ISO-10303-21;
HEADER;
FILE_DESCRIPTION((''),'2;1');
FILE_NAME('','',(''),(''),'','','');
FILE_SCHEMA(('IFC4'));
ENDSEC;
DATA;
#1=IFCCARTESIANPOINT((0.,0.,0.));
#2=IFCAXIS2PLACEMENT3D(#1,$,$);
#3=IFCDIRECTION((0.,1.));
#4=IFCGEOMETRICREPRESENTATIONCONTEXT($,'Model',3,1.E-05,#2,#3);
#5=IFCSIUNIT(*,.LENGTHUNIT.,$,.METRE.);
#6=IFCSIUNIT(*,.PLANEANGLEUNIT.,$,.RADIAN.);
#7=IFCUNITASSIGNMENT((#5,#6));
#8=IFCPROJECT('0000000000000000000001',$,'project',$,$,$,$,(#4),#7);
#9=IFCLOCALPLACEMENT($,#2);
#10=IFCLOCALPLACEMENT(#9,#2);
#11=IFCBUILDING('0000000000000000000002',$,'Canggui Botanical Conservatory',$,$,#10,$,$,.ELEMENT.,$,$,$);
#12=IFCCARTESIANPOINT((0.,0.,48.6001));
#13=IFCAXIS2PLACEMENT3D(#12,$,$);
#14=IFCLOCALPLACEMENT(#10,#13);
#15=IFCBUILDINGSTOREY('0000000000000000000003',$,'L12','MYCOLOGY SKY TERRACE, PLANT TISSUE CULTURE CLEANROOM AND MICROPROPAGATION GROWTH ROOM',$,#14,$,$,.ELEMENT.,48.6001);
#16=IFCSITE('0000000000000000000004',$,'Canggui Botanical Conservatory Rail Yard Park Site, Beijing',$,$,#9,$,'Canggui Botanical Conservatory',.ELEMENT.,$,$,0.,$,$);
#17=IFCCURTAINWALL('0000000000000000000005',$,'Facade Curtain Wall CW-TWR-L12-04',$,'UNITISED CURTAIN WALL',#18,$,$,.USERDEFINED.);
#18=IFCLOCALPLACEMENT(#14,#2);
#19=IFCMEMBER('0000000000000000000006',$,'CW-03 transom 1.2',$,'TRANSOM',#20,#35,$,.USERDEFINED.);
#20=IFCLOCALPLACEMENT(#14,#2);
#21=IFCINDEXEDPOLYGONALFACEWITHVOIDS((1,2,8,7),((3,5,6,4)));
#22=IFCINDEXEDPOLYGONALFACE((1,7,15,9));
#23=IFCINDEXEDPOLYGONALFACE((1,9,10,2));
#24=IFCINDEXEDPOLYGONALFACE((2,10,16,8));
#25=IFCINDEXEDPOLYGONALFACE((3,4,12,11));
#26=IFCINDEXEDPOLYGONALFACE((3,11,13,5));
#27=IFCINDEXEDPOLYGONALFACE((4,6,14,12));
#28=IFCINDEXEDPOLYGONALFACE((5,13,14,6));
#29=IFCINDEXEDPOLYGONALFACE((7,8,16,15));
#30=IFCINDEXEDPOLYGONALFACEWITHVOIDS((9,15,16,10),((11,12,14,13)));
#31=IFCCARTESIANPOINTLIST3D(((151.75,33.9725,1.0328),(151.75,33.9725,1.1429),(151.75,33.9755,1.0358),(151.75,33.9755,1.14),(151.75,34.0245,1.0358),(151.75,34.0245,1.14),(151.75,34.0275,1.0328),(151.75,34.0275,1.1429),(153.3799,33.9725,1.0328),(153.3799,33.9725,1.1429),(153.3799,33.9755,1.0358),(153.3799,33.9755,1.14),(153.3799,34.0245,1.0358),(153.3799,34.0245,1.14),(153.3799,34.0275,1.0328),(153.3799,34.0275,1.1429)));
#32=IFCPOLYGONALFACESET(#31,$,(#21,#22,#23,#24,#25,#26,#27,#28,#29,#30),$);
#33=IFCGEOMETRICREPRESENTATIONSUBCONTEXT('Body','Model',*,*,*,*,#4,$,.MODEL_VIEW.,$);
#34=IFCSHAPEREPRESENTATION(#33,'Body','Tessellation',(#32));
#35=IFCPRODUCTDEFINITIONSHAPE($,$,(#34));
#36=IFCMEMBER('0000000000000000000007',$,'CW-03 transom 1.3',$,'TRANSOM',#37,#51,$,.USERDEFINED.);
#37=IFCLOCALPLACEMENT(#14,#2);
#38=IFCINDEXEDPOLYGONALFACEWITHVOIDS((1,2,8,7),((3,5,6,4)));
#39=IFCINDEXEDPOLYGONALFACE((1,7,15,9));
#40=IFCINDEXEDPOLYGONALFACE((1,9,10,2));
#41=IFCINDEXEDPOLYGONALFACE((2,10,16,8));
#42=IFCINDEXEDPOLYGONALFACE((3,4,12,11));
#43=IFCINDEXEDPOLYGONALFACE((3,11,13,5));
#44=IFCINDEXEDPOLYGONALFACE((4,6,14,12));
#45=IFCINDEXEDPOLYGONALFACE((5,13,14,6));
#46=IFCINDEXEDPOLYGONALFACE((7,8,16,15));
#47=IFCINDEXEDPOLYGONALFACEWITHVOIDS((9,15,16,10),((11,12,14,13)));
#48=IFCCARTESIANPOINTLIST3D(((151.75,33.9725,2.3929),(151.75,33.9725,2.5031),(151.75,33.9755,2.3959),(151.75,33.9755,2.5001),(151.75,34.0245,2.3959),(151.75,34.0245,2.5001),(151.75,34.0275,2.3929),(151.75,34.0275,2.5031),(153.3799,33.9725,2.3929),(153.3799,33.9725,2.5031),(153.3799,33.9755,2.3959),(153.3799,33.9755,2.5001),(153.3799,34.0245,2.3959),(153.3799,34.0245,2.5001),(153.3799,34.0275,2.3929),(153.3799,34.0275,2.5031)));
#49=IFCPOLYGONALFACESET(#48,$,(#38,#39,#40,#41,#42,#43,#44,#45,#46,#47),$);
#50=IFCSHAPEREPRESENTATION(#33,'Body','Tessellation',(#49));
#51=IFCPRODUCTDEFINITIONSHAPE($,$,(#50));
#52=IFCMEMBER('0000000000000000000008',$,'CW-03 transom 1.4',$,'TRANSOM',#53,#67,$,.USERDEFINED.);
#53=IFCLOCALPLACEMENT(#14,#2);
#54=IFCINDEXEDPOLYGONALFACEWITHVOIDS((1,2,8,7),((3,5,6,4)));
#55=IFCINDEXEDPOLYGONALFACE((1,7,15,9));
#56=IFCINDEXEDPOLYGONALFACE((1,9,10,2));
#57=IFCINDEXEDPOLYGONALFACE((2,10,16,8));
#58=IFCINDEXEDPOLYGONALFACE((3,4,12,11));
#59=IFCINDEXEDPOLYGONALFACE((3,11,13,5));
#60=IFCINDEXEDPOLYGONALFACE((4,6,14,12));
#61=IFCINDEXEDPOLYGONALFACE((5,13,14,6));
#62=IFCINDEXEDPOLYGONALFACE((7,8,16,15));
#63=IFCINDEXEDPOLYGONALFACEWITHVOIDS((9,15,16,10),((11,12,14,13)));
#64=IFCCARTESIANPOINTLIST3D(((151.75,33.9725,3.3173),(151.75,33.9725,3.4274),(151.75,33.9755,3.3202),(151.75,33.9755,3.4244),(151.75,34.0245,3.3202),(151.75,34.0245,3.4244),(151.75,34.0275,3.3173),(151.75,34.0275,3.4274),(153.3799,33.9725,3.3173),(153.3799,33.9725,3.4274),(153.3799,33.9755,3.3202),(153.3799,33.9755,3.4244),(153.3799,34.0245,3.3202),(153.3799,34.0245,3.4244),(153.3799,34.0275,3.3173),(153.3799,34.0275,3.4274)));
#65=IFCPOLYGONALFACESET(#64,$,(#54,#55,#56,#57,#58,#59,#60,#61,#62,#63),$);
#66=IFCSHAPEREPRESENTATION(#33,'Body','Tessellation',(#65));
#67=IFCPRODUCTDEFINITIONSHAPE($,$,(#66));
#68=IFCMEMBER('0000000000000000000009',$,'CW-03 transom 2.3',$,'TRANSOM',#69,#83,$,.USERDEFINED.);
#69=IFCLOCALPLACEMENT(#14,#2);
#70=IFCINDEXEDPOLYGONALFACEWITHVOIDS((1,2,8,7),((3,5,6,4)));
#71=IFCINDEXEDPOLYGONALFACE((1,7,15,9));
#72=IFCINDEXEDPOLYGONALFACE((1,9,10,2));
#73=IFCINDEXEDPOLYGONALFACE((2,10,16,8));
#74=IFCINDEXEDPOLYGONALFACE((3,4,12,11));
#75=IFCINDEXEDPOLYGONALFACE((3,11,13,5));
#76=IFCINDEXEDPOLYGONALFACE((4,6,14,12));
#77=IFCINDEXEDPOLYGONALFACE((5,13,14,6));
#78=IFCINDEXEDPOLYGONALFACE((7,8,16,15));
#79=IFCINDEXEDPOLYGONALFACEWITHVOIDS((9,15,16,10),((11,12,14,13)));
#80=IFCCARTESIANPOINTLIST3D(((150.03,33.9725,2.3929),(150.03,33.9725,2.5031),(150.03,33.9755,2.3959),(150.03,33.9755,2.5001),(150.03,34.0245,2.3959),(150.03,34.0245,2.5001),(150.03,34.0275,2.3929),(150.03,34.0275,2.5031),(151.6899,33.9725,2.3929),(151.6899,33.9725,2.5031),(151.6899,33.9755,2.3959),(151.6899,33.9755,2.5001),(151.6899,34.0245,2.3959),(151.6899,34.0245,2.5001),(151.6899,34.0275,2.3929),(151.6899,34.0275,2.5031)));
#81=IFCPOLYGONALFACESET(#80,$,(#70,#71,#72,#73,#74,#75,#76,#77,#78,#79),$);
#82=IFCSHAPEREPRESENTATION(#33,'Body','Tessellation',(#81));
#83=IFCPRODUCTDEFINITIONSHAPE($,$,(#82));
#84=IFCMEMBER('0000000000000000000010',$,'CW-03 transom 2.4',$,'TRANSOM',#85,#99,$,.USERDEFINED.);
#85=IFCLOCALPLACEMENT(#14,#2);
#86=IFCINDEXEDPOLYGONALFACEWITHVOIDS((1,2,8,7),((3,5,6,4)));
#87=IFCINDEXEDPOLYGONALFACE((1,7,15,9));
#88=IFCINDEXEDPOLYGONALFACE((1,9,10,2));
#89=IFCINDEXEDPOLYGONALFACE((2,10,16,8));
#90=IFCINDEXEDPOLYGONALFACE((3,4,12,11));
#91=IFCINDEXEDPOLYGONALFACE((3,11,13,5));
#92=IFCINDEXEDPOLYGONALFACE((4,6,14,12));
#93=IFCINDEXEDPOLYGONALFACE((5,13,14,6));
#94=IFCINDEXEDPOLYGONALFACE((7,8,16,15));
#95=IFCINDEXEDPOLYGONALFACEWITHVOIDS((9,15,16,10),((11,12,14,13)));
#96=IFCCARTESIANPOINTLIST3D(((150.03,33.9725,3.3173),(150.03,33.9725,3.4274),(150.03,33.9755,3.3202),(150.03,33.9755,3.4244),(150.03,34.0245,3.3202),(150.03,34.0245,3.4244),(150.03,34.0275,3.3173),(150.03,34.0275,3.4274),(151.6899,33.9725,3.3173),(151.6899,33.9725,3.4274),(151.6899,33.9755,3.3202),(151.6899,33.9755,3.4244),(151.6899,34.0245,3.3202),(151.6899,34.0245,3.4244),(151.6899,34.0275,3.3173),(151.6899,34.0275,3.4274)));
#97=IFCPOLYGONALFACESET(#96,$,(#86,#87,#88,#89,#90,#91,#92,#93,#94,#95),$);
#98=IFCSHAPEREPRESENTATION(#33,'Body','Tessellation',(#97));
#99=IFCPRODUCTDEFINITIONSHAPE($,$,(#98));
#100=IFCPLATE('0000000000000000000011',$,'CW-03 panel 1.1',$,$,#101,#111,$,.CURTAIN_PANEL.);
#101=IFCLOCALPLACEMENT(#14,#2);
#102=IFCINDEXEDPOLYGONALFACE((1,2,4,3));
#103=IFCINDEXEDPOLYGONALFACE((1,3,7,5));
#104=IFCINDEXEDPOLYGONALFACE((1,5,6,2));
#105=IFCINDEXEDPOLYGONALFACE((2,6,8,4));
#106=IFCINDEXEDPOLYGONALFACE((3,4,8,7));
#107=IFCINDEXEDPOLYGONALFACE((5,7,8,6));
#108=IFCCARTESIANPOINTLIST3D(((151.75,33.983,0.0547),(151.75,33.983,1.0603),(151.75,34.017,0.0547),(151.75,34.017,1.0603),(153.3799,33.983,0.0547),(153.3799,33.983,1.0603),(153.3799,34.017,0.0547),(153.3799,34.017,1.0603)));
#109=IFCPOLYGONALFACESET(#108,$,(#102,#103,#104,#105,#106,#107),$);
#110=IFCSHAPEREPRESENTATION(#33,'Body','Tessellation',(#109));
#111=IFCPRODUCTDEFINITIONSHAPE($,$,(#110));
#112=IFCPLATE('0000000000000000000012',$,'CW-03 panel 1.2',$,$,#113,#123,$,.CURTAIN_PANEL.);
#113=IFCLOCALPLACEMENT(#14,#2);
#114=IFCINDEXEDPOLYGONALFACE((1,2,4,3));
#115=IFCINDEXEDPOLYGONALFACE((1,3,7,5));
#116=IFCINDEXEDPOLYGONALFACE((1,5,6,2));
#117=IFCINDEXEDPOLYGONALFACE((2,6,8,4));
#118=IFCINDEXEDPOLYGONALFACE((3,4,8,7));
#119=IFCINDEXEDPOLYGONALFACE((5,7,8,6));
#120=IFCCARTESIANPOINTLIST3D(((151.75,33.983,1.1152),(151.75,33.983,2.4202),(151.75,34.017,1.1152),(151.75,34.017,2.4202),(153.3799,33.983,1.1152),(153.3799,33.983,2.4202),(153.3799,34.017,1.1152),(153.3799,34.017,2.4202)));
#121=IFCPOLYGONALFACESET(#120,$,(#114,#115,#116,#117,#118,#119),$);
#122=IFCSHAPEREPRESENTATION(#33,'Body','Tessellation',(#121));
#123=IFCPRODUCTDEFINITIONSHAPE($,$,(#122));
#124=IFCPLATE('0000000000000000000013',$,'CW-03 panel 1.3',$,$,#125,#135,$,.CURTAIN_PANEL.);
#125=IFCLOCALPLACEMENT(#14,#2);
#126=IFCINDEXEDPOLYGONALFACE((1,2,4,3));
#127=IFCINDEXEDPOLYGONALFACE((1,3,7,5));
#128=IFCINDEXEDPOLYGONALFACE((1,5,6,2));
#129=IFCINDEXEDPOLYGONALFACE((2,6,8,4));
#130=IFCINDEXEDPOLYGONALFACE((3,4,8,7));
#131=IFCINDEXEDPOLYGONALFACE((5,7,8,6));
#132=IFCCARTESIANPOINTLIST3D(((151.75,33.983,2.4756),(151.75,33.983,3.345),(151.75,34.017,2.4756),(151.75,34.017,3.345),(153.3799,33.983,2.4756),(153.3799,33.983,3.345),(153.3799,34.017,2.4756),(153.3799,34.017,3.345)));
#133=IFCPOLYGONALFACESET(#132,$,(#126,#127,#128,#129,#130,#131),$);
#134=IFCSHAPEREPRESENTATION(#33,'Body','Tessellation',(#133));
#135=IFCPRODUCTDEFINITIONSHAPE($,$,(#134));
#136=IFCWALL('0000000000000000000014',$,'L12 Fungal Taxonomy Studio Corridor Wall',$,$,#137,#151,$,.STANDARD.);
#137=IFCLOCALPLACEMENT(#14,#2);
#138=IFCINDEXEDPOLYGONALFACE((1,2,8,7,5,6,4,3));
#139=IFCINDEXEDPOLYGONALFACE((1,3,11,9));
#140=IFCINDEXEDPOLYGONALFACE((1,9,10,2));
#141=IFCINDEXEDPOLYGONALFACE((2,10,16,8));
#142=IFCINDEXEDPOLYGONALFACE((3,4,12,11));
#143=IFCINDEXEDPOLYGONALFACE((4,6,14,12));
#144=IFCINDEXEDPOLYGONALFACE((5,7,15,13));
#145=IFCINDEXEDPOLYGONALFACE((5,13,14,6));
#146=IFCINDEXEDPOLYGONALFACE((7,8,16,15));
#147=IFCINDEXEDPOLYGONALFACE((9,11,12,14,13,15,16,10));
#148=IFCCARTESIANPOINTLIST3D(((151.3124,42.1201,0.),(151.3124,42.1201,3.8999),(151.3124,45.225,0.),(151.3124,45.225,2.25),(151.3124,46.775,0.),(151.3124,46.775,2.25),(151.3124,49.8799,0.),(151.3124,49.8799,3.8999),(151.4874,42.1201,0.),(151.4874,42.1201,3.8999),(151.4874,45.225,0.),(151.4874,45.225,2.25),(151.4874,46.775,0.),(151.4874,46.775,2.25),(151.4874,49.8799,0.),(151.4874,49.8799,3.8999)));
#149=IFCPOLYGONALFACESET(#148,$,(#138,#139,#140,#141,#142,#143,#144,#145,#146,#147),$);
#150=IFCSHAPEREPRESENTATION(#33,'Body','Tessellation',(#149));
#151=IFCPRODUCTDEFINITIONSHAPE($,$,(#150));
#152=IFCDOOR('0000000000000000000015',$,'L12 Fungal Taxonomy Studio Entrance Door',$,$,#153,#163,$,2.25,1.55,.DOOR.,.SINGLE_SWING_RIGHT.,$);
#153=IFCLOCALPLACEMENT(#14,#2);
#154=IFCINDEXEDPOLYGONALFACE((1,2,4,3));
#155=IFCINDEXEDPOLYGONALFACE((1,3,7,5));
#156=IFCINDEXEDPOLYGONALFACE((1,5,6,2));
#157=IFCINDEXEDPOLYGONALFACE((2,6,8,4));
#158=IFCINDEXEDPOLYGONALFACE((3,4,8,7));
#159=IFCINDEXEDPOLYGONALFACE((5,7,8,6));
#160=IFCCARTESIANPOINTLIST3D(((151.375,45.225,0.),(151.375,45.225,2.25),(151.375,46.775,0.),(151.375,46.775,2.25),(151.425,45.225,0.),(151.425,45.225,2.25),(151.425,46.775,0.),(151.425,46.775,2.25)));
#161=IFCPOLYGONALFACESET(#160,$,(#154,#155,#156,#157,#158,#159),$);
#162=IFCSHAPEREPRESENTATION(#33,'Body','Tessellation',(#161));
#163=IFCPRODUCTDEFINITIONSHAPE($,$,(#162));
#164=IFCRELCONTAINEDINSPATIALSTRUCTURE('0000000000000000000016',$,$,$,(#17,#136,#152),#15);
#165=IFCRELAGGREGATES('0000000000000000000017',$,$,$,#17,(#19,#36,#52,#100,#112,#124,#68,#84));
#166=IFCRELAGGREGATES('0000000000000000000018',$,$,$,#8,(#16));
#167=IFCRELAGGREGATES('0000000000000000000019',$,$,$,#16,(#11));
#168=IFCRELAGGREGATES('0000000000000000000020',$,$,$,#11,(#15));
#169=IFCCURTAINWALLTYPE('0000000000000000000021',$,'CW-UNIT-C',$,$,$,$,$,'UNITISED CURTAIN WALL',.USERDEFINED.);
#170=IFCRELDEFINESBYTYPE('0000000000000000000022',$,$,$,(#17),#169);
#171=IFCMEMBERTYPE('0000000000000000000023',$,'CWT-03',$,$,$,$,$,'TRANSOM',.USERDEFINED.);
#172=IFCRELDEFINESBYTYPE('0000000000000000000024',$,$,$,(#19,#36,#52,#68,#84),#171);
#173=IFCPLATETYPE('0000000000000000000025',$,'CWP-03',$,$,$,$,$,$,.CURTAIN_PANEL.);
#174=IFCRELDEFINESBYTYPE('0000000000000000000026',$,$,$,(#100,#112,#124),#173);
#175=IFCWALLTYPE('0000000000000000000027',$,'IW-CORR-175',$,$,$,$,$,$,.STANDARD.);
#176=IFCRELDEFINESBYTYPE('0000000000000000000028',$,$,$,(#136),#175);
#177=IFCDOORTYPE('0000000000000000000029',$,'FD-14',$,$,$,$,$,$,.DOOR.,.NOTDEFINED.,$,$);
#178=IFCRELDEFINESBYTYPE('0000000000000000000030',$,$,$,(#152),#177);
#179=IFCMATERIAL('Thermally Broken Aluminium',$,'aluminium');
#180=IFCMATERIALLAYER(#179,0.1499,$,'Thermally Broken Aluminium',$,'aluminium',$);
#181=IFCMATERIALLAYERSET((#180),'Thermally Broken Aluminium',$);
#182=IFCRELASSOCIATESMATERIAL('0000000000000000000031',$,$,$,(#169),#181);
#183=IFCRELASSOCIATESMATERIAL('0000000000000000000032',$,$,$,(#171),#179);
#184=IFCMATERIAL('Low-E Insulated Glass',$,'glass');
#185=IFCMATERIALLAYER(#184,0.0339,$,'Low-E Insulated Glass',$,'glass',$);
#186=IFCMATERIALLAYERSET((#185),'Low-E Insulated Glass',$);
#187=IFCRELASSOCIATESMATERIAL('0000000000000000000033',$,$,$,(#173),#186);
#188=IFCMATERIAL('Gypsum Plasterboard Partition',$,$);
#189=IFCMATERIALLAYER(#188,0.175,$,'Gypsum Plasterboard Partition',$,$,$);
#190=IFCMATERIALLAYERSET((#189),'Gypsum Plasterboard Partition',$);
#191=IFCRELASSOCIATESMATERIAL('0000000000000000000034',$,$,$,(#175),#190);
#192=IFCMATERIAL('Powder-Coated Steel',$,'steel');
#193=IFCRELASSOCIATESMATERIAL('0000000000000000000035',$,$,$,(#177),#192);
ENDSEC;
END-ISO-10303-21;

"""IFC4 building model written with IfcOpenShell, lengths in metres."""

from ifc_helpers import new_model, si_unit, direction, frame, frame_2d, origin, origin_2d, place, context, subcontext, project, spatial, rectangle, hollow_rectangle, extrude, material, layer, layer_set, material_profile, profile_set, type_object, element, fill, aggregate, save


model = new_model("IFC4")

# Units and contexts
model_context = context("Model", 3, precision=1e-05, world=origin(), true_north=direction((0.0, 1.0)))
body_context = subcontext(model_context, "Body", "Model", "MODEL_VIEW")
ifc_project = project(units=[si_unit("LENGTHUNIT", "METRE"), si_unit("PLANEANGLEUNIT", "RADIAN")], contexts=[model_context])

# Site, building, storey
site_placement = place(None, origin())
site = spatial("IfcSite", under=ifc_project, at=site_placement, Name="Canggui Botanical Conservatory Rail Yard Park Site, Beijing", LongName="Canggui Botanical Conservatory", CompositionType="ELEMENT", RefElevation=0.0)
building_placement = place(site_placement, origin())
building = spatial("IfcBuilding", under=site, at=building_placement, Name="Canggui Botanical Conservatory", CompositionType="ELEMENT")
storey_placement = place(building_placement, frame((0.0, 0.0, 48.6001)))
storey = spatial("IfcBuildingStorey", under=building, at=storey_placement, Name="L12", Description="MYCOLOGY SKY TERRACE, PLANT TISSUE CULTURE CLEANROOM AND MICROPROPAGATION GROWTH ROOM", CompositionType="ELEMENT", Elevation=48.6001)

# Curtain wall, members, plates
ifc_material_1 = material(Name="Thermally Broken Aluminium", Category="aluminium")
ifc_layer_1 = layer(ifc_material_1, 0.1499, Name="Thermally Broken Aluminium", Category="aluminium")
ifc_layer_set_1 = layer_set([ifc_layer_1], Name="Thermally Broken Aluminium")
curtain_wall_type = type_object("IfcCurtainWallType", Name="CW-UNIT-C", ElementType="UNITISED CURTAIN WALL", PredefinedType="USERDEFINED", material=ifc_layer_set_1)
curtain_wall_placement = place(storey_placement, origin())
curtain_wall = element("IfcCurtainWall", 1, at=curtain_wall_placement, inside=storey, type_object=curtain_wall_type, Name="Facade Curtain Wall CW-TWR-L12-04", ObjectType="UNITISED CURTAIN WALL", PredefinedType="USERDEFINED")
ifc_material_profile_1 = material_profile(ifc_material_1, hollow_rectangle(XDim=0.0549, YDim=0.1101, WallThickness=0.0029, at=origin_2d()), Name="CWT 55x110x3")
ifc_profile_set_1 = profile_set([ifc_material_profile_1], Name="Thermally Broken Aluminium")
member_type_1 = type_object("IfcMemberType", Name="CWT-03", ElementType="TRANSOM", PredefinedType="USERDEFINED", material=ifc_profile_set_1)
member_1_placement = place(storey_placement, frame((153.3799, 34.0, 1.0879), z_axis=(-1.0, 0.0, 0.0), x_axis=(0.0, -1.0, 0.0)))
member_1 = element("IfcMember", 2, at=member_1_placement, type_object=member_type_1, Name="CW-03 transom 1.2", ObjectType="TRANSOM", PredefinedType="USERDEFINED", context=body_context, shape_type="SweptSolid", body=[
    extrude(hollow_rectangle(XDim=0.0549, YDim=0.1101, WallThickness=0.0029, at=origin_2d()), origin(), (0.0, 0.0, 1.0), 1.6299),
])
member_2_placement = place(storey_placement, frame((153.3799, 34.0, 2.448), z_axis=(-1.0, 0.0, 0.0), x_axis=(0.0, -1.0, 0.0)))
member_2 = element("IfcMember", 3, at=member_2_placement, type_object=member_type_1, Name="CW-03 transom 1.3", ObjectType="TRANSOM", PredefinedType="USERDEFINED", context=body_context, shape_type="SweptSolid", body=[
    extrude(hollow_rectangle(XDim=0.0549, YDim=0.1101, WallThickness=0.0029, at=origin_2d()), origin(), (0.0, 0.0, 1.0), 1.6299),
])
member_3_placement = place(storey_placement, frame((153.3799, 34.0, 3.3723), z_axis=(-1.0, 0.0, 0.0), x_axis=(0.0, -1.0, 0.0)))
member_3 = element("IfcMember", 4, at=member_3_placement, type_object=member_type_1, Name="CW-03 transom 1.4", ObjectType="TRANSOM", PredefinedType="USERDEFINED", context=body_context, shape_type="SweptSolid", body=[
    extrude(hollow_rectangle(XDim=0.0549, YDim=0.1101, WallThickness=0.0029, at=origin_2d()), origin(), (0.0, 0.0, 1.0), 1.6299),
])
member_4_placement = place(storey_placement, frame((151.6899, 34.0, 2.448), z_axis=(-1.0, 0.0, 0.0), x_axis=(0.0, -1.0, 0.0)))
member_4 = element("IfcMember", 5, at=member_4_placement, type_object=member_type_1, Name="CW-03 transom 2.3", ObjectType="TRANSOM", PredefinedType="USERDEFINED", context=body_context, shape_type="SweptSolid", body=[
    extrude(hollow_rectangle(XDim=0.0549, YDim=0.1101, WallThickness=0.0029, at=origin_2d()), origin(), (0.0, 0.0, 1.0), 1.6599),
])
member_5_placement = place(storey_placement, frame((151.6899, 34.0, 3.3723), z_axis=(-1.0, 0.0, 0.0), x_axis=(0.0, -1.0, 0.0)))
member_5 = element("IfcMember", 6, at=member_5_placement, type_object=member_type_1, Name="CW-03 transom 2.4", ObjectType="TRANSOM", PredefinedType="USERDEFINED", context=body_context, shape_type="SweptSolid", body=[
    extrude(hollow_rectangle(XDim=0.0549, YDim=0.1101, WallThickness=0.0029, at=origin_2d()), origin(), (0.0, 0.0, 1.0), 1.6599),
])
ifc_material_2 = material(Name="Low-E Insulated Glass", Category="glass")
ifc_layer_2 = layer(ifc_material_2, 0.0339, Name="Low-E Insulated Glass", Category="glass")
ifc_layer_set_2 = layer_set([ifc_layer_2], Name="Low-E Insulated Glass")
plate_type = type_object("IfcPlateType", Name="CWP-03", PredefinedType="CURTAIN_PANEL", material=ifc_layer_set_2)
plate_1_placement = place(storey_placement, frame((152.5649, 34.0, 0.0547), z_axis=(0.0, 0.0, 1.0), x_axis=(-1.0, 0.0, 0.0)))
plate_1 = element("IfcPlate", 7, at=plate_1_placement, type_object=plate_type, Name="CW-03 panel 1.1", PredefinedType="CURTAIN_PANEL", context=body_context, shape_type="SweptSolid", body=[
    extrude(rectangle(XDim=1.6299, YDim=0.0339, at=origin_2d()), origin(), (0.0, 0.0, 1.0), 1.0056),
])
plate_2_placement = place(storey_placement, frame((152.5649, 34.0, 1.1152), z_axis=(0.0, 0.0, 1.0), x_axis=(-1.0, 0.0, 0.0)))
plate_2 = element("IfcPlate", 8, at=plate_2_placement, type_object=plate_type, Name="CW-03 panel 1.2", PredefinedType="CURTAIN_PANEL", context=body_context, shape_type="SweptSolid", body=[
    extrude(rectangle(XDim=1.6299, YDim=0.0339, at=origin_2d()), origin(), (0.0, 0.0, 1.0), 1.3049),
])
plate_3_placement = place(storey_placement, frame((152.5649, 34.0, 2.4756), z_axis=(0.0, 0.0, 1.0), x_axis=(-1.0, 0.0, 0.0)))
plate_3 = element("IfcPlate", 9, at=plate_3_placement, type_object=plate_type, Name="CW-03 panel 1.3", PredefinedType="CURTAIN_PANEL", context=body_context, shape_type="SweptSolid", body=[
    extrude(rectangle(XDim=1.6299, YDim=0.0339, at=origin_2d()), origin(), (0.0, 0.0, 1.0), 0.8694),
])
aggregate(curtain_wall, [member_1, member_2, member_3, plate_1, plate_2, plate_3, member_4, member_5])

# Wall, opening, door
ifc_material_3 = material(Name="Gypsum Plasterboard Partition")
ifc_layer_3 = layer(ifc_material_3, 0.175, Name="Gypsum Plasterboard Partition")
ifc_layer_set_3 = layer_set([ifc_layer_3], Name="Gypsum Plasterboard Partition")
wall_type_1 = type_object("IfcWallType", Name="IW-CORR-175", PredefinedType="STANDARD", material=ifc_layer_set_3)
wall_1_placement = place(storey_placement, frame((151.3999, 42.1201, 0.0), z_axis=(0.0, 0.0, 1.0), x_axis=(0.0, 1.0, 0.0)))
wall_1 = element("IfcWall", 10, at=wall_1_placement, inside=storey, type_object=wall_type_1, Name="L12 Fungal Taxonomy Studio Corridor Wall", PredefinedType="STANDARD", context=body_context, shape_type="SweptSolid", body=[
    extrude(rectangle(XDim=7.7598, YDim=0.175, at=frame_2d((3.8799, 0.0))), origin(), (0.0, 0.0, 1.0), 3.8999),
])
opening_1_placement = place(wall_1_placement, frame((3.105, 0.0, 0.0)))
opening_1 = element("IfcOpeningElement", 11, at=opening_1_placement, cuts=wall_1, PredefinedType="OPENING", context=body_context, shape_type="SweptSolid", body=[
    extrude(rectangle(XDim=1.55, YDim=2.25, at=frame_2d((0.7749, 1.125))), frame((0.0, 0.0977, 0.0), z_axis=(0.0, -1.0, 0.0), x_axis=(1.0, 0.0, 0.0)), (0.0, 0.0, 1.0), 0.1951),
])
ifc_material_4 = material(Name="Powder-Coated Steel", Category="steel")
door_type_1 = type_object("IfcDoorType", Name="FD-14", OperationType="NOTDEFINED", PredefinedType="DOOR", material=ifc_material_4)
door_1_placement = place(opening_1_placement, origin())
door_1 = element("IfcDoor", 12, at=door_1_placement, inside=storey, type_object=door_type_1, Name="L12 Fungal Taxonomy Studio Entrance Door", OperationType="SINGLE_SWING_RIGHT", OverallHeight=2.25, OverallWidth=1.55, PredefinedType="DOOR", context=body_context, shape_type="SweptSolid", body=[
    extrude(rectangle(XDim=1.55, YDim=2.25, at=frame_2d((0.7749, 1.125))), frame((0.0, 0.0249, 0.0), z_axis=(0.0, -1.0, 0.0), x_axis=(1.0, 0.0, 0.0)), (0.0, 0.0, 1.0), 0.05),
])
fill(opening_1, door_1)

save(model, "model.ifc")
